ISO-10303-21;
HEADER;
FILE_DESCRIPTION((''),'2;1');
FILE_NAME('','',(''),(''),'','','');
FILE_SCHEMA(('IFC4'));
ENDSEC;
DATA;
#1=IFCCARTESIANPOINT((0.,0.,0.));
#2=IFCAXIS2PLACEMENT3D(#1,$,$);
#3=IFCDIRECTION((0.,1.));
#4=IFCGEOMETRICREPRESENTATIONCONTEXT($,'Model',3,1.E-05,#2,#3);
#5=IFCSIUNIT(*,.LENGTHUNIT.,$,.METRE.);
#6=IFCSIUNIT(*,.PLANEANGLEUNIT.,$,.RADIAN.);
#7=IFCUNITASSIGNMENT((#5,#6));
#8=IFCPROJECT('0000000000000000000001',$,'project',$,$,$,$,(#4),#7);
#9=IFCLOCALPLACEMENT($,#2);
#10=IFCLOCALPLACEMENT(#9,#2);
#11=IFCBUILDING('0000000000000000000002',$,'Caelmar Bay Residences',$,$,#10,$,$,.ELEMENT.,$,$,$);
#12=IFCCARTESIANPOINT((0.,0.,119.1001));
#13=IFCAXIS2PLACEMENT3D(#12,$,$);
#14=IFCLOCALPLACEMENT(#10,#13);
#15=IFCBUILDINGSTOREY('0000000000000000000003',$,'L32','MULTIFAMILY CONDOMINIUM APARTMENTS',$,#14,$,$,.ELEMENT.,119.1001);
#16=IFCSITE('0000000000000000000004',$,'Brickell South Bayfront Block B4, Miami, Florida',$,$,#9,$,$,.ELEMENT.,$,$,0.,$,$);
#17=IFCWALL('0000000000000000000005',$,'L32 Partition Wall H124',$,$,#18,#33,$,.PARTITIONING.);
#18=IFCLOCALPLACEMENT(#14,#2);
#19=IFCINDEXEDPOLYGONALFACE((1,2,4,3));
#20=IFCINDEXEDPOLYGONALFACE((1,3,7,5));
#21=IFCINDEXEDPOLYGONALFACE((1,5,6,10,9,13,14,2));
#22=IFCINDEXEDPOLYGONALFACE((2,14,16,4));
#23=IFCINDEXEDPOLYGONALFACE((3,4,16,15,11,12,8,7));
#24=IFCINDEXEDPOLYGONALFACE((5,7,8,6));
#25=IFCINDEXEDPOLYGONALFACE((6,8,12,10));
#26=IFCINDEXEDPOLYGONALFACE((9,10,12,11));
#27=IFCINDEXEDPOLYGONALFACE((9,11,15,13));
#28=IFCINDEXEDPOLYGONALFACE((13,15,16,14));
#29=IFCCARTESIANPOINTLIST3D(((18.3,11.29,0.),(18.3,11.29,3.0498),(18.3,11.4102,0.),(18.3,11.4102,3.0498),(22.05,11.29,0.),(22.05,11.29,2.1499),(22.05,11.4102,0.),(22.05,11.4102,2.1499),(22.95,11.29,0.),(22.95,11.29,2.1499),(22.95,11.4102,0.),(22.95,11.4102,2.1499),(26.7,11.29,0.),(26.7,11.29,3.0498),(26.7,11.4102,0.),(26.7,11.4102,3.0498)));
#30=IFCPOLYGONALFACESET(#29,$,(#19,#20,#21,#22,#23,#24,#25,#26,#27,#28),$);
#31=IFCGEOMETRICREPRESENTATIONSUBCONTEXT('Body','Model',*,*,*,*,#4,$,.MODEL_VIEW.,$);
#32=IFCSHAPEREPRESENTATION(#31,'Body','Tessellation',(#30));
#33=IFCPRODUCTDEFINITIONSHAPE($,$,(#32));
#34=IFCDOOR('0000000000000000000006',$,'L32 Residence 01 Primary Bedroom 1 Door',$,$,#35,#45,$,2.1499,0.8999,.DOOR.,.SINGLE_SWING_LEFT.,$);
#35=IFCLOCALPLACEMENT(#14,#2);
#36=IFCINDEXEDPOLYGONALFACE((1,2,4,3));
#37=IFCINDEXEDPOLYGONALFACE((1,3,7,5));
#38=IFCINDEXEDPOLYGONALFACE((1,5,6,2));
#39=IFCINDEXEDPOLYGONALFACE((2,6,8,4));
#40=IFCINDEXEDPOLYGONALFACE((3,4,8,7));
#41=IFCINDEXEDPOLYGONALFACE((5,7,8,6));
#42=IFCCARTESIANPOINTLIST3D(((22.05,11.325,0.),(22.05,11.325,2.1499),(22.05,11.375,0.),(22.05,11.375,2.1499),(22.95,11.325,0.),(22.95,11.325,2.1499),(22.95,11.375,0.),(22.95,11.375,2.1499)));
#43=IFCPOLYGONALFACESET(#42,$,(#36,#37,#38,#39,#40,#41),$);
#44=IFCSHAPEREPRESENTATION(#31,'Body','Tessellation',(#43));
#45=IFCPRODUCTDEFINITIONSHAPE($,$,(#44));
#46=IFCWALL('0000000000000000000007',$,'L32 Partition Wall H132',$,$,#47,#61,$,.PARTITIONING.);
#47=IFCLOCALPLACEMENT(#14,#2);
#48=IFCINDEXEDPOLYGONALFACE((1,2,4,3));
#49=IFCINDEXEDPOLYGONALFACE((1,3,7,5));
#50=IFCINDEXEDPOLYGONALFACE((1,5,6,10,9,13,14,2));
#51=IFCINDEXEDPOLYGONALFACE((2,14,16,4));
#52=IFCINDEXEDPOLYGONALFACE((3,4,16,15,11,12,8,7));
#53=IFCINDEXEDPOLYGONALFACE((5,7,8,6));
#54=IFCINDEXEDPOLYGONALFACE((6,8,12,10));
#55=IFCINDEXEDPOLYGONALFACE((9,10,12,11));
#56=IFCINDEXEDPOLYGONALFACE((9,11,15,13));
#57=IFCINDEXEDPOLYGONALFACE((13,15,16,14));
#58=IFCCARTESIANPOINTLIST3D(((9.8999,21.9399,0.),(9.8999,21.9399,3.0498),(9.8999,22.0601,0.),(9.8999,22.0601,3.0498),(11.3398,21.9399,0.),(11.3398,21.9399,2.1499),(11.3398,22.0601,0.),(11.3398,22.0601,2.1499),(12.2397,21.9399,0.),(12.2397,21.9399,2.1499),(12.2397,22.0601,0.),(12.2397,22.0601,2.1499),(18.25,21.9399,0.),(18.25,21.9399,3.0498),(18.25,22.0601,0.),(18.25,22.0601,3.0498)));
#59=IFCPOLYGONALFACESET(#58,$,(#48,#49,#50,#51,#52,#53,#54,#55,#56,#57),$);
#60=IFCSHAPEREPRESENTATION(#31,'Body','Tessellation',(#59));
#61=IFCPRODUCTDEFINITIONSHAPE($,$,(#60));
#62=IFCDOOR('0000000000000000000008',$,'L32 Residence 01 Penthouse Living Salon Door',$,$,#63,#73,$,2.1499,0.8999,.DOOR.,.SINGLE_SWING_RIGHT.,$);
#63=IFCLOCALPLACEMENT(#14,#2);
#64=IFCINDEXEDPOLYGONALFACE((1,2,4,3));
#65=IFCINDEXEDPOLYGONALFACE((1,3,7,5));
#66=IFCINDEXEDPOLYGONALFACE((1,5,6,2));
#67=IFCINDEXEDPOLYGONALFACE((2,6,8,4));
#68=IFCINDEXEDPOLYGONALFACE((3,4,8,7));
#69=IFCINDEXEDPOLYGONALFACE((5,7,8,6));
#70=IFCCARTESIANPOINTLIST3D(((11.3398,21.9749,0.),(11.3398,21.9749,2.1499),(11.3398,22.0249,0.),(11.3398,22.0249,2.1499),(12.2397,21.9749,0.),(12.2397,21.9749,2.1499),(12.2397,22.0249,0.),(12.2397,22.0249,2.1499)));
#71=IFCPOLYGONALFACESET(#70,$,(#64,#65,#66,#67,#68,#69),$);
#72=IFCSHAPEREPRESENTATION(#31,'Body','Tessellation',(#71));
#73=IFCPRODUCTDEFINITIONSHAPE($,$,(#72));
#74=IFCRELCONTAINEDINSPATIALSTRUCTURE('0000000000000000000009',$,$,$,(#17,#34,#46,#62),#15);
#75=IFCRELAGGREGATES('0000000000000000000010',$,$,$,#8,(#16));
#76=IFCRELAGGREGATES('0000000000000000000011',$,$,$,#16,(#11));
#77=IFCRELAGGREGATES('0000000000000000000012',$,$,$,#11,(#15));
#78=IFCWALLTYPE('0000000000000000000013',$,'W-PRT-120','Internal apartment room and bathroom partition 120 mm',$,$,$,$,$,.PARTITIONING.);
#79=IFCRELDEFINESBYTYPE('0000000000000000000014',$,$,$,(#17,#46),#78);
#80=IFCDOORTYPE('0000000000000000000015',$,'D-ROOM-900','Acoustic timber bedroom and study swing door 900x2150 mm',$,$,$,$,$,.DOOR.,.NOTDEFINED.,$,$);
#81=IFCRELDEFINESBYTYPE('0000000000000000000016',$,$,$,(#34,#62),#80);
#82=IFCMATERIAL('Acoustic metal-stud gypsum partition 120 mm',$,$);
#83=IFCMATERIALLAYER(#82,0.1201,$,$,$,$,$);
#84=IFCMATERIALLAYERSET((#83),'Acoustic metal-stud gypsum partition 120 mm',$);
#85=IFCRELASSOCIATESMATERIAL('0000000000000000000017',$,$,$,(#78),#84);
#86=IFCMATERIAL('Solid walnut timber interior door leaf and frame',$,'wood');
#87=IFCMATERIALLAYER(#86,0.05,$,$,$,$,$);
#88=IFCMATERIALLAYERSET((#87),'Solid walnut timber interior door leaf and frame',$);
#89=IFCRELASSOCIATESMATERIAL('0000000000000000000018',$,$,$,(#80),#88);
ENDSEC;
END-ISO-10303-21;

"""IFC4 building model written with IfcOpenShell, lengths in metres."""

from ifc_helpers import new_model, si_unit, direction, frame, frame_2d, origin, place, context, subcontext, project, spatial, rectangle, extrude, material, layer, layer_set, type_object, element, fill, save


model = new_model("IFC4")

# Units and contexts
model_context = context("Model", 3, precision=1e-05, world=origin(), true_north=direction((0.0, 1.0)))
body_context = subcontext(model_context, "Body", "Model", "MODEL_VIEW")
ifc_project = project(units=[si_unit("LENGTHUNIT", "METRE"), si_unit("PLANEANGLEUNIT", "RADIAN")], contexts=[model_context])

# Site, building, storey
site_placement = place(None, origin())
site = spatial("IfcSite", under=ifc_project, at=site_placement, Name="Brickell South Bayfront Block B4, Miami, Florida", CompositionType="ELEMENT", RefElevation=0.0)
building_placement = place(site_placement, origin())
building = spatial("IfcBuilding", under=site, at=building_placement, Name="Caelmar Bay Residences", CompositionType="ELEMENT")
storey_placement = place(building_placement, frame((0.0, 0.0, 119.1001)))
storey = spatial("IfcBuildingStorey", under=building, at=storey_placement, Name="L32", Description="MULTIFAMILY CONDOMINIUM APARTMENTS", CompositionType="ELEMENT", Elevation=119.1001)

# Shared definitions
ifc_material_1 = material(Name="Acoustic metal-stud gypsum partition 120 mm")
ifc_layer_1 = layer(ifc_material_1, 0.1201)
ifc_layer_set_1 = layer_set([ifc_layer_1], Name="Acoustic metal-stud gypsum partition 120 mm")
wall_type_1 = type_object("IfcWallType", Name="W-PRT-120", Description="Internal apartment room and bathroom partition 120 mm", PredefinedType="PARTITIONING", material=ifc_layer_set_1)
ifc_material_2 = material(Name="Solid walnut timber interior door leaf and frame", Category="wood")
ifc_layer_2 = layer(ifc_material_2, 0.05)
ifc_layer_set_2 = layer_set([ifc_layer_2], Name="Solid walnut timber interior door leaf and frame")
door_type = type_object("IfcDoorType", Name="D-ROOM-900", Description="Acoustic timber bedroom and study swing door 900x2150 mm", OperationType="NOTDEFINED", PredefinedType="DOOR", material=ifc_layer_set_2)

# Walls, openings, doors
wall_1_placement = place(storey_placement, frame((18.3, 11.3501, 0.0), z_axis=(0.0, 0.0, 1.0), x_axis=(1.0, 0.0, 0.0)))
wall_1 = element("IfcWall", 1, at=wall_1_placement, inside=storey, type_object=wall_type_1, Name="L32 Partition Wall H124", PredefinedType="PARTITIONING", context=body_context, shape_type="SweptSolid", body=[
    extrude(rectangle(XDim=8.3999, YDim=0.1201, at=frame_2d((4.2, 0.0))), origin(), (0.0, 0.0, 1.0), 3.0498),
])
opening_1_placement = place(wall_1_placement, frame((3.75, 0.0, 0.0)))
opening_1 = element("IfcOpeningElement", 2, at=opening_1_placement, cuts=wall_1, PredefinedType="OPENING", context=body_context, shape_type="SweptSolid", body=[
    extrude(rectangle(XDim=0.8999, YDim=2.1499, at=frame_2d((0.45, 1.075))), frame((0.0, 0.0701, 0.0), z_axis=(0.0, -1.0, 0.0), x_axis=(1.0, 0.0, 0.0)), (0.0, 0.0, 1.0), 0.1401),
])
door_1_placement = place(opening_1_placement, origin())
door_1 = element("IfcDoor", 3, at=door_1_placement, inside=storey, type_object=door_type, Name="L32 Residence 01 Primary Bedroom 1 Door", OperationType="SINGLE_SWING_LEFT", OverallHeight=2.1499, OverallWidth=0.8999, PredefinedType="DOOR", context=body_context, shape_type="SweptSolid", body=[
    extrude(rectangle(XDim=0.8999, YDim=2.1499, at=frame_2d((0.45, 1.075))), frame((0.0, 0.0249, 0.0), z_axis=(0.0, -1.0, 0.0), x_axis=(1.0, 0.0, 0.0)), (0.0, 0.0, 1.0), 0.05),
])
fill(opening_1, door_1)
wall_2_placement = place(storey_placement, frame((9.8999, 22.0, 0.0), z_axis=(0.0, 0.0, 1.0), x_axis=(1.0, 0.0, 0.0)))
wall_2 = element("IfcWall", 4, at=wall_2_placement, inside=storey, type_object=wall_type_1, Name="L32 Partition Wall H132", PredefinedType="PARTITIONING", context=body_context, shape_type="SweptSolid", body=[
    extrude(rectangle(XDim=8.3501, YDim=0.1201, at=frame_2d((4.175, 0.0))), origin(), (0.0, 0.0, 1.0), 3.0498),
])
opening_2_placement = place(wall_2_placement, frame((1.4399, 0.0, 0.0)))
opening_2 = element("IfcOpeningElement", 5, at=opening_2_placement, cuts=wall_2, PredefinedType="OPENING", context=body_context, shape_type="SweptSolid", body=[
    extrude(rectangle(XDim=0.8999, YDim=2.1499, at=frame_2d((0.45, 1.075))), frame((0.0, 0.0701, 0.0), z_axis=(0.0, -1.0, 0.0), x_axis=(1.0, 0.0, 0.0)), (0.0, 0.0, 1.0), 0.1401),
])
door_2_placement = place(opening_2_placement, origin())
door_2 = element("IfcDoor", 6, at=door_2_placement, inside=storey, type_object=door_type, Name="L32 Residence 01 Penthouse Living Salon Door", OperationType="SINGLE_SWING_RIGHT", OverallHeight=2.1499, OverallWidth=0.8999, PredefinedType="DOOR", context=body_context, shape_type="SweptSolid", body=[
    extrude(rectangle(XDim=0.8999, YDim=2.1499, at=frame_2d((0.45, 1.075))), frame((0.0, 0.0249, 0.0), z_axis=(0.0, -1.0, 0.0), x_axis=(1.0, 0.0, 0.0)), (0.0, 0.0, 1.0), 0.05),
])
fill(opening_2, door_2)

save(model, "model.ifc")
